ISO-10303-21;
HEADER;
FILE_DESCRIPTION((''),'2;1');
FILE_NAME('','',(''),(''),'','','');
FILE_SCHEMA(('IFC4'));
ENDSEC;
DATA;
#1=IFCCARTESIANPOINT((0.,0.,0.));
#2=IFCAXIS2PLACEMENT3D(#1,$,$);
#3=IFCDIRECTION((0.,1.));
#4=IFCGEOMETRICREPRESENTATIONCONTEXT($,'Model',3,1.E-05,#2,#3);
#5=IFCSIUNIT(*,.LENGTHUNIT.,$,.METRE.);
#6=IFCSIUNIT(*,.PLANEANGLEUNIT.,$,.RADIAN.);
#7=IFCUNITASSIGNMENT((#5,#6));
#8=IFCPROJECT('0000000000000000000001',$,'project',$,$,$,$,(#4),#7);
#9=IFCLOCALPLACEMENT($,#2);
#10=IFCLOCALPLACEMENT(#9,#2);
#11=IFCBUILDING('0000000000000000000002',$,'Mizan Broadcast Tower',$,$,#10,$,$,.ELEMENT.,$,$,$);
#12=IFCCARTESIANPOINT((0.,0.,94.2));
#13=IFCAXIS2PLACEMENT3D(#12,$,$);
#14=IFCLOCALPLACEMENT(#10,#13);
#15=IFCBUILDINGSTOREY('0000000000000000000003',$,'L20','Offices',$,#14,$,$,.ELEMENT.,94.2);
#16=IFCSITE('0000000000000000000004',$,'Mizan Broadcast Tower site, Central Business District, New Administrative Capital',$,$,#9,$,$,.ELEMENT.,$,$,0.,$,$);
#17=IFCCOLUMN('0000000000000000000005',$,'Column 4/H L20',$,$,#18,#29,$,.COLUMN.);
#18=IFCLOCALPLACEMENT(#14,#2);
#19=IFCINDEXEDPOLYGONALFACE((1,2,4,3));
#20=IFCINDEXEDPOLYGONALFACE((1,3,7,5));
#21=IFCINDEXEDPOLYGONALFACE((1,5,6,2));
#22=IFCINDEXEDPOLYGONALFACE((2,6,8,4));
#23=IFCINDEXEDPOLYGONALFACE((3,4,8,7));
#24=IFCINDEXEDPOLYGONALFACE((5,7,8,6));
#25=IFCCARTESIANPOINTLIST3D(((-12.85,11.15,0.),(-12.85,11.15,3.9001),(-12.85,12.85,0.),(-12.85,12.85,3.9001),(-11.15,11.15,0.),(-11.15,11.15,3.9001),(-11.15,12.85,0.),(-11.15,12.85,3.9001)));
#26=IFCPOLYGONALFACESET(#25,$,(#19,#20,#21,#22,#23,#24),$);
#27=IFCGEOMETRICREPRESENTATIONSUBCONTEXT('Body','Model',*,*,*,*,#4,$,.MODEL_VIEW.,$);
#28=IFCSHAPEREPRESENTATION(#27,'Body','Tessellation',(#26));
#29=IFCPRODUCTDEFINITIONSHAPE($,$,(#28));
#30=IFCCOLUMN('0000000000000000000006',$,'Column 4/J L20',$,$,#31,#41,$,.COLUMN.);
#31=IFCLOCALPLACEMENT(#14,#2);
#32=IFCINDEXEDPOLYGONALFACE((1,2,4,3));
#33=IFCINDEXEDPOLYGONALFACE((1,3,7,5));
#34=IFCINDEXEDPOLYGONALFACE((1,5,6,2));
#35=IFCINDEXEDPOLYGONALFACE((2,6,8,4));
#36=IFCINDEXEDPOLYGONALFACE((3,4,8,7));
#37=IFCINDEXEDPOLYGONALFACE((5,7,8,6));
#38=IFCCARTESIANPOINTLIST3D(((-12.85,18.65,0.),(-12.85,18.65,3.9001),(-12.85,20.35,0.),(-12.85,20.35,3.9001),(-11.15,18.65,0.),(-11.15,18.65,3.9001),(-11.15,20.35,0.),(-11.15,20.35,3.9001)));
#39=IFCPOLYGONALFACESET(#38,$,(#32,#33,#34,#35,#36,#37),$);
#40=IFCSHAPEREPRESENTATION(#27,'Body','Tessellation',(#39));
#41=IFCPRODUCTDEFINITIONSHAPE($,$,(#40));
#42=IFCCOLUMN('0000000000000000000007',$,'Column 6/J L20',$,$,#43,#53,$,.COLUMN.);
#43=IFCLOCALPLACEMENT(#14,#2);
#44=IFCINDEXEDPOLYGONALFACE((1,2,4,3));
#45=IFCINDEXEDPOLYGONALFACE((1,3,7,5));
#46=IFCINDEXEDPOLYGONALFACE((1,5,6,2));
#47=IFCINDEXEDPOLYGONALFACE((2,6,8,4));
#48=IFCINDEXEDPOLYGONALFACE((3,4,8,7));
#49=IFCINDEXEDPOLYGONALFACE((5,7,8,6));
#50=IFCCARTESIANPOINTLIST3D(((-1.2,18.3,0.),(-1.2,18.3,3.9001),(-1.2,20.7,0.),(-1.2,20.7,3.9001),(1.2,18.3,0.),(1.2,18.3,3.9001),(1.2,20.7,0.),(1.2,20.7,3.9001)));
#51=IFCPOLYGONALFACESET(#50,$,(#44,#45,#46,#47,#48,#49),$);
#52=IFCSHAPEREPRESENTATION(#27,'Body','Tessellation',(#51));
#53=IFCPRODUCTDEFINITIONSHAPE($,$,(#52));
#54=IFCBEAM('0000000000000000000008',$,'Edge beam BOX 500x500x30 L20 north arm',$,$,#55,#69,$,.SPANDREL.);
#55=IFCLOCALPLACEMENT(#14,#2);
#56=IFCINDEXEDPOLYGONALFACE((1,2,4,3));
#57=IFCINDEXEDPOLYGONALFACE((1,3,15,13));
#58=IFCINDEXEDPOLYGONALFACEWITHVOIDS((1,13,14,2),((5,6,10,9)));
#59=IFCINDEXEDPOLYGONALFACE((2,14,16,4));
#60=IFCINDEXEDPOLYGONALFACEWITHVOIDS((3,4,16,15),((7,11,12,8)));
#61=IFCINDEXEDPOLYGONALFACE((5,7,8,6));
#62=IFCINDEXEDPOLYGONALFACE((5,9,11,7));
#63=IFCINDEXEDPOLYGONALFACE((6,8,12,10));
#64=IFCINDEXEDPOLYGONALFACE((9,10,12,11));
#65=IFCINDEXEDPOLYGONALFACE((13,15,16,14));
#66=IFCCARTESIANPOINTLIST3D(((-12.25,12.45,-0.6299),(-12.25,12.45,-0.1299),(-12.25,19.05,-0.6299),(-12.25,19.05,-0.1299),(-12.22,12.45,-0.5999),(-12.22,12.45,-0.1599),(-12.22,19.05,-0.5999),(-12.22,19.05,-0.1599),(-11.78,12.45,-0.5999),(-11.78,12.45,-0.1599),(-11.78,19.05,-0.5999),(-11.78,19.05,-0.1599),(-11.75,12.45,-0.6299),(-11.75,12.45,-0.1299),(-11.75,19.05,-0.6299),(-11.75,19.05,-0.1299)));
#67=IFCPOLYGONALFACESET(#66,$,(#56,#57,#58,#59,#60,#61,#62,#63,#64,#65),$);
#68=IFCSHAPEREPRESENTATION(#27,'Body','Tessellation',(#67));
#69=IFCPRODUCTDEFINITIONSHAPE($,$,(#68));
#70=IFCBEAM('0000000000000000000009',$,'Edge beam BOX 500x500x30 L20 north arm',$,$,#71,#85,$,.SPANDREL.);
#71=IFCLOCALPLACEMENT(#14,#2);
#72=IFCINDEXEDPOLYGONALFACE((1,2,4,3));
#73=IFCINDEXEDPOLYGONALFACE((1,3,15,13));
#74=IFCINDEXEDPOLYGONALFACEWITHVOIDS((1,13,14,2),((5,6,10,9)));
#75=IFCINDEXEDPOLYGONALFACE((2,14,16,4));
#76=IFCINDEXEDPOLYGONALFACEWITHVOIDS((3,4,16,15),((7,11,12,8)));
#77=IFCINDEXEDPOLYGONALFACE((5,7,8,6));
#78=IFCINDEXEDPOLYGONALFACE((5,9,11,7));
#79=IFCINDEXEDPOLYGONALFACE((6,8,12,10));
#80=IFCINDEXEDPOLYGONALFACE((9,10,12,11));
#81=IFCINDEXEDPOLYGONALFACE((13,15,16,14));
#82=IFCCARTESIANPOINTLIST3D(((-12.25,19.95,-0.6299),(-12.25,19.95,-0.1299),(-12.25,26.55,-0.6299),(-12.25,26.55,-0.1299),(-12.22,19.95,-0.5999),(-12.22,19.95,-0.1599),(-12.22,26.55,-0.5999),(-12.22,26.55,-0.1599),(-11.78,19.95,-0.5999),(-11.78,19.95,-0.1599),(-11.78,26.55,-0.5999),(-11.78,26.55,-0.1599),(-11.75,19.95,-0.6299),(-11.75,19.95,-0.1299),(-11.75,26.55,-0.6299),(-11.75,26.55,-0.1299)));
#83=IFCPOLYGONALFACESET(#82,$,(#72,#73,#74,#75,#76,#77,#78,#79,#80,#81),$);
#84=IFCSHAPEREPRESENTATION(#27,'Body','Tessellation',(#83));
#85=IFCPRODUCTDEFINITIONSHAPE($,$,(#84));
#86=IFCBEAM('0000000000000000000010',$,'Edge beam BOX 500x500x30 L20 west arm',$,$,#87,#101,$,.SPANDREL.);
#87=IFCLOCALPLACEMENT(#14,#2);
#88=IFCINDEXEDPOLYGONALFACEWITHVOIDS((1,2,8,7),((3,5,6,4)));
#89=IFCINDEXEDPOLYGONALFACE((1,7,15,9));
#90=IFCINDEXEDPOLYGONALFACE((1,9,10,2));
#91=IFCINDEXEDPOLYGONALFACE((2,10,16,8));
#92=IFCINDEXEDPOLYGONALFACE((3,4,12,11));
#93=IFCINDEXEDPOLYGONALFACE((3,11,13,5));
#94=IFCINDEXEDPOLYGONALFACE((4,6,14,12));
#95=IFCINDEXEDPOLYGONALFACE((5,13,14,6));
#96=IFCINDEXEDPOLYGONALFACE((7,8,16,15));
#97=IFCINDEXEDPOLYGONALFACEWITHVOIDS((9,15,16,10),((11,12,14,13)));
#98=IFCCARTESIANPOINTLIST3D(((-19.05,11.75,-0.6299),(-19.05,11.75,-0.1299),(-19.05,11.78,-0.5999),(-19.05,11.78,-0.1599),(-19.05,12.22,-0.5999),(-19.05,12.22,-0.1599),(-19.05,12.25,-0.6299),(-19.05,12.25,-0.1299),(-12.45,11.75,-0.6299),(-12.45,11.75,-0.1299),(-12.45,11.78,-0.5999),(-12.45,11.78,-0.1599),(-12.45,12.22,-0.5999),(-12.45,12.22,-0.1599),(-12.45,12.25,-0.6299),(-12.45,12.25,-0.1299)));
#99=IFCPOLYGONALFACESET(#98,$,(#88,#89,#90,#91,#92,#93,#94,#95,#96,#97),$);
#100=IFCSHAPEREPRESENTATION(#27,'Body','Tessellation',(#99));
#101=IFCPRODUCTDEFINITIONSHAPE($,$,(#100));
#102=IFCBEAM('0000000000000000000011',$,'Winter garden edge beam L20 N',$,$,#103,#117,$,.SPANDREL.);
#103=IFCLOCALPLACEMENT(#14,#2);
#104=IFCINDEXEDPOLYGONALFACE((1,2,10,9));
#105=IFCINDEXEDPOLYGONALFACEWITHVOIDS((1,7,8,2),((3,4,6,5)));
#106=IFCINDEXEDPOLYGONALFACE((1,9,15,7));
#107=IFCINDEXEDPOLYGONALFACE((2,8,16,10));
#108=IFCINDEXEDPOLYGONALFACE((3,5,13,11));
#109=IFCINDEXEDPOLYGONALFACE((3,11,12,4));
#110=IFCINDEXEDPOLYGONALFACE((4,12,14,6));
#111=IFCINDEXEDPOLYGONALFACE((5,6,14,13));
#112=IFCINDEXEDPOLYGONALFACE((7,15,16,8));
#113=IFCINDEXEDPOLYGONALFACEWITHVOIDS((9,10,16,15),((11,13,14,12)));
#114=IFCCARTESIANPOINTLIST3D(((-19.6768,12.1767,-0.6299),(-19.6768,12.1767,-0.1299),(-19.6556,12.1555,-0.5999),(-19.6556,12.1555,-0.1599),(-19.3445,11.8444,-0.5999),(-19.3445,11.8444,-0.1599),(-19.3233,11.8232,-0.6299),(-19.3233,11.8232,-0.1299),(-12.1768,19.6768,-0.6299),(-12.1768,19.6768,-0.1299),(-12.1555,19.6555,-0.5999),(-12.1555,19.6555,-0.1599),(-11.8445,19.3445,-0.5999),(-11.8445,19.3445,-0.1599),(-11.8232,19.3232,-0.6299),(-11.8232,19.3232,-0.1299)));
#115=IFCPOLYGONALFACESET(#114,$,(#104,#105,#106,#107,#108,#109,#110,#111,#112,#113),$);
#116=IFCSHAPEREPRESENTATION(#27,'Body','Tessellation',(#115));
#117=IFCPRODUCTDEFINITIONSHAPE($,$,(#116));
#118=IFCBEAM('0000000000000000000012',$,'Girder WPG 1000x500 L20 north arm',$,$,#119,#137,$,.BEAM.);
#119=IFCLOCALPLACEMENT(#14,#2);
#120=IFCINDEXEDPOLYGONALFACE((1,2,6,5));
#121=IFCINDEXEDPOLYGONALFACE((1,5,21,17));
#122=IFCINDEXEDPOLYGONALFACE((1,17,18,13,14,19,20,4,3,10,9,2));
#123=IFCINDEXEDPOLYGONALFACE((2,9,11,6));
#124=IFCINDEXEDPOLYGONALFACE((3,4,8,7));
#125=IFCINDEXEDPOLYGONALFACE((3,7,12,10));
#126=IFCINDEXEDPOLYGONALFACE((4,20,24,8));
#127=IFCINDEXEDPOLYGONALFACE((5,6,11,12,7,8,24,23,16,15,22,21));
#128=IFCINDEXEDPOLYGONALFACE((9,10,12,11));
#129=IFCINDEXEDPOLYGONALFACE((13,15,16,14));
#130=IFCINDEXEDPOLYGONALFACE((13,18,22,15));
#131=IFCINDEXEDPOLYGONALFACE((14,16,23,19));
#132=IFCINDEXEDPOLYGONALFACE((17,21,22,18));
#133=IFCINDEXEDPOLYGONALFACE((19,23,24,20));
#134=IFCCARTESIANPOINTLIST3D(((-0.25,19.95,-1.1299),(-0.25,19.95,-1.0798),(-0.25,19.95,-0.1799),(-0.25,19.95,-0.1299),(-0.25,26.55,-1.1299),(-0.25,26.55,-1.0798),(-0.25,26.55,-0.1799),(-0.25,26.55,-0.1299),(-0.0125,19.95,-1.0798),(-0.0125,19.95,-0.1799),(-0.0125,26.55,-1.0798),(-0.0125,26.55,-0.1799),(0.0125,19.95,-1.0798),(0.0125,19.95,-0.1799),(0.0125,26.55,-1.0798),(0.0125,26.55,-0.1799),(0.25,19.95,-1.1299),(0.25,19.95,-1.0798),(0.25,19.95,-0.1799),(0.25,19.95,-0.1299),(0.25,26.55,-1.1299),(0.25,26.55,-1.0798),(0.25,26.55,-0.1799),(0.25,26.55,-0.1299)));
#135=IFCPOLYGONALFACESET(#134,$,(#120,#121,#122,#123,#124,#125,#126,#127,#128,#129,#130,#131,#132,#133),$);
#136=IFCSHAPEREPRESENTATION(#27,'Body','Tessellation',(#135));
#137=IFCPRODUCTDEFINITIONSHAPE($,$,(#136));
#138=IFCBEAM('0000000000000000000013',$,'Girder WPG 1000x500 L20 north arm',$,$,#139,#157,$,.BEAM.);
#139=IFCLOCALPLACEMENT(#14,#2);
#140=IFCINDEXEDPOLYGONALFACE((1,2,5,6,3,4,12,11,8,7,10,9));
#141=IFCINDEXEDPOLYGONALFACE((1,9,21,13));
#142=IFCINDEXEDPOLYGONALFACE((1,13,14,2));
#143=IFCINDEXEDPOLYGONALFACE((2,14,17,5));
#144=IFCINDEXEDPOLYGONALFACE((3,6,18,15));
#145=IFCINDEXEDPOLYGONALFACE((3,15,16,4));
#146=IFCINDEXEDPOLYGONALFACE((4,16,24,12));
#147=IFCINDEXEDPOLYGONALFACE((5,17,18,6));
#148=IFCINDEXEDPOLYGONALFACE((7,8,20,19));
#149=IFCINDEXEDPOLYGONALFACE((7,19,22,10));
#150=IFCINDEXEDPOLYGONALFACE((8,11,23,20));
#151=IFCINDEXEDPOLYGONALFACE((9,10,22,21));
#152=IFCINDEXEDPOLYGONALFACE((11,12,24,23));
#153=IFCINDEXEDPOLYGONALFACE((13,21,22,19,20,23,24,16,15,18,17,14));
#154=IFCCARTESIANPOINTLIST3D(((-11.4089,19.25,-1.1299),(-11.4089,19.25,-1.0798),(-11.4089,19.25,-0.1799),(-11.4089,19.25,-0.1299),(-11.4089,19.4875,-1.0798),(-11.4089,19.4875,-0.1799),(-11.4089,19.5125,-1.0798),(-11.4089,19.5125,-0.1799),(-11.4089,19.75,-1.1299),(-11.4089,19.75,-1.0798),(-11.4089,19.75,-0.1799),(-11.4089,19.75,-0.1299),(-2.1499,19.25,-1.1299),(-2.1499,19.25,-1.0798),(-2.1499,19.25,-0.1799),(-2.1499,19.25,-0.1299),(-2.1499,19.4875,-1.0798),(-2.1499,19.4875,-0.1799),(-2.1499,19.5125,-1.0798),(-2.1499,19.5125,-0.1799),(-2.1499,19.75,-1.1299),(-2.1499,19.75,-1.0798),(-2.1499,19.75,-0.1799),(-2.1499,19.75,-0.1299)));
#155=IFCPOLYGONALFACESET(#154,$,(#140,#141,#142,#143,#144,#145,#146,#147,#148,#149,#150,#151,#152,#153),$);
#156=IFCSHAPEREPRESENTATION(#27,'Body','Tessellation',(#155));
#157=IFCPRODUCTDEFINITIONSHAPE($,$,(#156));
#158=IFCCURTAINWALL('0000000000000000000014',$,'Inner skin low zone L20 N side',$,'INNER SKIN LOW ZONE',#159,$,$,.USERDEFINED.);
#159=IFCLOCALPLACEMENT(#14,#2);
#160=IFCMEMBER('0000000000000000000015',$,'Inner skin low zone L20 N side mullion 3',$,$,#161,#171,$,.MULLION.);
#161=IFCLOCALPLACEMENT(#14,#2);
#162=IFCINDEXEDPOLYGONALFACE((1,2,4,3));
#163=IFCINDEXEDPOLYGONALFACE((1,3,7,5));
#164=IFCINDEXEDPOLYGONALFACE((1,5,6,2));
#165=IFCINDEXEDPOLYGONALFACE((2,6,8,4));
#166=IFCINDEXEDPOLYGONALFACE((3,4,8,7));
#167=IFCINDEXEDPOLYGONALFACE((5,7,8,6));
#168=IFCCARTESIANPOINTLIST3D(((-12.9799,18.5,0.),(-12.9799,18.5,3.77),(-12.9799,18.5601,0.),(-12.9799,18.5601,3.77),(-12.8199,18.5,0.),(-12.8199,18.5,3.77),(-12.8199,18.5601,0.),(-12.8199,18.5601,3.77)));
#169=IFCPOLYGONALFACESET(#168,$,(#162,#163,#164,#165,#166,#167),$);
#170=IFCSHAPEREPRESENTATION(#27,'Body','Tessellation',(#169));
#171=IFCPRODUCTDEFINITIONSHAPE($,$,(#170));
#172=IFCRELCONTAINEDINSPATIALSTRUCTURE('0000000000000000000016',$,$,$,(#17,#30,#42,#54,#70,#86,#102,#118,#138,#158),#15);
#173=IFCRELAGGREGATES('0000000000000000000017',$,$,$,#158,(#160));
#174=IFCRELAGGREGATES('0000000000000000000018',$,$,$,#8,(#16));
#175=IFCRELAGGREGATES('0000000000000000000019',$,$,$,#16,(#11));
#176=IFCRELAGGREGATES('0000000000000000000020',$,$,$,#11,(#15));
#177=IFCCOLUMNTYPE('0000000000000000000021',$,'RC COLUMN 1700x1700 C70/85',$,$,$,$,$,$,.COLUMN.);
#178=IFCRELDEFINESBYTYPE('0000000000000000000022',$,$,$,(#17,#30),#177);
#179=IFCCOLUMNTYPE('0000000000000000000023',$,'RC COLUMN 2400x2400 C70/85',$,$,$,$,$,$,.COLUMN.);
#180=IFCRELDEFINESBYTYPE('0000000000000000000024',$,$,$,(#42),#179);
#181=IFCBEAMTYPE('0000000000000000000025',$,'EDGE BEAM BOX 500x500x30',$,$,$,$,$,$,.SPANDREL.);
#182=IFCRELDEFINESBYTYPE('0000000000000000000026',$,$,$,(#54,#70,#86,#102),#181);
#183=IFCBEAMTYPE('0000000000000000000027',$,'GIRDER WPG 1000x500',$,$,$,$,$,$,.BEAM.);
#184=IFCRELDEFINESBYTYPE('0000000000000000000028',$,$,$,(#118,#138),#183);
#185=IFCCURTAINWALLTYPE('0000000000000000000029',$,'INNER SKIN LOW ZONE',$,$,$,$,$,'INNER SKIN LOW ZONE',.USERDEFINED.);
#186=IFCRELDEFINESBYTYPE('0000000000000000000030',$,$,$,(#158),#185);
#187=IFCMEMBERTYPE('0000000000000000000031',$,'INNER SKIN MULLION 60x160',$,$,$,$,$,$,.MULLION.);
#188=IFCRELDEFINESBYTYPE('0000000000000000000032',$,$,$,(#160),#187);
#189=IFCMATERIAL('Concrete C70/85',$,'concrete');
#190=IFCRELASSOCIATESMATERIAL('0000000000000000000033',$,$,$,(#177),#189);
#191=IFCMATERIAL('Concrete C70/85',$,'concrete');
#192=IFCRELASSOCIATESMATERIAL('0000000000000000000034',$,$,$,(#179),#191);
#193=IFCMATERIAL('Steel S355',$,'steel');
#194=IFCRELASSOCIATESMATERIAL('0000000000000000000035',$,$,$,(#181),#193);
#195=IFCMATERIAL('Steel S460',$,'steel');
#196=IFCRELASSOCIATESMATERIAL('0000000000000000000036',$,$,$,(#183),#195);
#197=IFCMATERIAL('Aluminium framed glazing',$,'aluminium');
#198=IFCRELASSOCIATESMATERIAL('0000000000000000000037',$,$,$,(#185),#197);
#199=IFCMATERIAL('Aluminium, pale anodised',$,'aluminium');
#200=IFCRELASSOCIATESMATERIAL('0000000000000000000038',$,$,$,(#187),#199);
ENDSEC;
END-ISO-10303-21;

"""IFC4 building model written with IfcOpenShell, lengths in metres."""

from ifc_helpers import new_model, si_unit, direction, frame, origin, origin_2d, place, context, subcontext, project, spatial, rectangle, hollow_rectangle, i_section, extrude, material, material_profile, profile_set, type_object, element, aggregate, save


model = new_model("IFC4")

# Units and contexts
model_context = context("Model", 3, precision=1e-05, world=origin(), true_north=direction((0.0, 1.0)))
body_context = subcontext(model_context, "Body", "Model", "MODEL_VIEW")
ifc_project = project(units=[si_unit("LENGTHUNIT", "METRE"), si_unit("PLANEANGLEUNIT", "RADIAN")], contexts=[model_context])

# Site, building, storey
site_placement = place(None, origin())
site = spatial("IfcSite", under=ifc_project, at=site_placement, Name="Mizan Broadcast Tower site, Central Business District, New Administrative Capital", CompositionType="ELEMENT", RefElevation=0.0)
building_placement = place(site_placement, origin())
building = spatial("IfcBuilding", under=site, at=building_placement, Name="Mizan Broadcast Tower", CompositionType="ELEMENT")
storey_placement = place(building_placement, frame((0.0, 0.0, 94.2)))
storey = spatial("IfcBuildingStorey", under=building, at=storey_placement, Name="L20", Description="Offices", CompositionType="ELEMENT", Elevation=94.2)

# Columns
ifc_material_1 = material(Name="Concrete C70/85", Category="concrete")
ifc_material_profile_1 = material_profile(ifc_material_1, rectangle(XDim=1.7, YDim=1.7, at=origin_2d()), Name="RC 1700x1700")
ifc_profile_set_1 = profile_set([ifc_material_profile_1], Name="Concrete C70/85")
column_type_1 = type_object("IfcColumnType", Name="RC COLUMN 1700x1700 C70/85", PredefinedType="COLUMN", material=ifc_profile_set_1)
for number, where, z_axis, x_axis, name in (
    (1, (-12.0, 12.0, 0.0), (0.0, 0.0, 1.0), (1.0, 0.0, 0.0), "Column 4/H L20"),
    (2, (-12.0, 19.5, 0.0), (0.0, 0.0, 1.0), (1.0, 0.0, 0.0), "Column 4/J L20"),
):
    element("IfcColumn", number, at=place(storey_placement, frame(where, z_axis=z_axis, x_axis=x_axis)), inside=storey, type_object=column_type_1, Name=name, PredefinedType="COLUMN", context=body_context, shape_type="SweptSolid", body=[
        extrude(rectangle(XDim=1.7, YDim=1.7, at=origin_2d()), origin(), (0.0, 0.0, 1.0), 3.9001),
    ])
ifc_material_2 = material(Name="Concrete C70/85", Category="concrete")
ifc_material_profile_2 = material_profile(ifc_material_2, rectangle(XDim=2.3999, YDim=2.3999, at=origin_2d()), Name="RC 2400x2400")
ifc_profile_set_2 = profile_set([ifc_material_profile_2], Name="Concrete C70/85")
column_type_2 = type_object("IfcColumnType", Name="RC COLUMN 2400x2400 C70/85", PredefinedType="COLUMN", material=ifc_profile_set_2)
column_placement = place(storey_placement, frame((0.0, 19.5, 0.0), z_axis=(0.0, 0.0, 1.0), x_axis=(1.0, 0.0, 0.0)))
element("IfcColumn", 3, at=column_placement, inside=storey, type_object=column_type_2, Name="Column 6/J L20", PredefinedType="COLUMN", context=body_context, shape_type="SweptSolid", body=[
    extrude(rectangle(XDim=2.3999, YDim=2.3999, at=origin_2d()), origin(), (0.0, 0.0, 1.0), 3.9001),
])

# Beams
ifc_material_3 = material(Name="Steel S355", Category="steel")
ifc_material_profile_3 = material_profile(ifc_material_3, hollow_rectangle(XDim=0.5, YDim=0.5, WallThickness=0.03, at=origin_2d()), Name="BOX 500x500x30")
ifc_profile_set_3 = profile_set([ifc_material_profile_3], Name="Steel S355")
beam_type_1 = type_object("IfcBeamType", Name="EDGE BEAM BOX 500x500x30", PredefinedType="SPANDREL", material=ifc_profile_set_3)
for number, where, z_axis, x_axis, name in (
    (4, (-12.0, 12.45, -0.3799), (0.0, 1.0, 0.0), (-1.0, 0.0, 0.0), "Edge beam BOX 500x500x30 L20 north arm"),
    (5, (-12.0, 19.95, -0.3799), (0.0, 1.0, 0.0), (-1.0, 0.0, 0.0), "Edge beam BOX 500x500x30 L20 north arm"),
    (6, (-12.45, 12.0, -0.3799), (-1.0, 0.0, 0.0), (0.0, -1.0, 0.0), "Edge beam BOX 500x500x30 L20 west arm"),
):
    element("IfcBeam", number, at=place(storey_placement, frame(where, z_axis=z_axis, x_axis=x_axis)), inside=storey, type_object=beam_type_1, Name=name, PredefinedType="SPANDREL", context=body_context, shape_type="SweptSolid", body=[
        extrude(hollow_rectangle(XDim=0.5, YDim=0.5, WallThickness=0.03, at=origin_2d()), origin(), (0.0, 0.0, 1.0), 6.6001),
    ])
beam_1_placement = place(storey_placement, frame((-12.0, 19.5, -0.3799), z_axis=(-0.707107, -0.707107, 0.0), x_axis=(0.707107, -0.707107, 0.0)))
element("IfcBeam", 7, at=beam_1_placement, inside=storey, type_object=beam_type_1, Name="Winter garden edge beam L20 N", PredefinedType="SPANDREL", context=body_context, shape_type="SweptSolid", body=[
    extrude(hollow_rectangle(XDim=0.5, YDim=0.5, WallThickness=0.03, at=origin_2d()), origin(), (0.0, 0.0, 1.0), 10.6067),
])
ifc_material_4 = material(Name="Steel S460", Category="steel")
ifc_material_profile_4 = material_profile(ifc_material_4, i_section(OverallWidth=0.5, OverallDepth=1.0, WebThickness=0.0249, FlangeThickness=0.05, at=origin_2d()), Name="WPG 1000x500")
ifc_profile_set_4 = profile_set([ifc_material_profile_4], Name="Steel S460")
beam_type_2 = type_object("IfcBeamType", Name="GIRDER WPG 1000x500", PredefinedType="BEAM", material=ifc_profile_set_4)
beam_2_placement = place(storey_placement, frame((0.0, 19.95, -0.6299), z_axis=(0.0, 1.0, 0.0), x_axis=(-1.0, 0.0, 0.0)))
element("IfcBeam", 8, at=beam_2_placement, inside=storey, type_object=beam_type_2, Name="Girder WPG 1000x500 L20 north arm", PredefinedType="BEAM", context=body_context, shape_type="SweptSolid", body=[
    extrude(i_section(OverallWidth=0.5, OverallDepth=1.0, WebThickness=0.0249, FlangeThickness=0.05, at=origin_2d()), origin(), (0.0, 0.0, 1.0), 6.6001),
])
beam_3_placement = place(storey_placement, frame((-11.4089, 19.5, -0.6299), z_axis=(1.0, 0.0, 0.0), x_axis=(0.0, 1.0, 0.0)))
element("IfcBeam", 9, at=beam_3_placement, inside=storey, type_object=beam_type_2, Name="Girder WPG 1000x500 L20 north arm", PredefinedType="BEAM", context=body_context, shape_type="SweptSolid", body=[
    extrude(i_section(OverallWidth=0.5, OverallDepth=1.0, WebThickness=0.0249, FlangeThickness=0.05, at=origin_2d()), origin(), (0.0, 0.0, 1.0), 9.259),
])

# Curtain wall, member
ifc_material_5 = material(Name="Aluminium framed glazing", Category="aluminium")
curtain_wall_type = type_object("IfcCurtainWallType", Name="INNER SKIN LOW ZONE", ElementType="INNER SKIN LOW ZONE", PredefinedType="USERDEFINED", material=ifc_material_5)
curtain_wall_placement = place(storey_placement, origin())
curtain_wall = element("IfcCurtainWall", 10, at=curtain_wall_placement, inside=storey, type_object=curtain_wall_type, Name="Inner skin low zone L20 N side", ObjectType="INNER SKIN LOW ZONE", PredefinedType="USERDEFINED")
ifc_material_6 = material(Name="Aluminium, pale anodised", Category="aluminium")
ifc_material_profile_5 = material_profile(ifc_material_6, rectangle(XDim=0.1599, YDim=0.0601, at=origin_2d()), Name="MULLION 160x60")
ifc_profile_set_5 = profile_set([ifc_material_profile_5], Name="Aluminium, pale anodised")
member_type = type_object("IfcMemberType", Name="INNER SKIN MULLION 60x160", PredefinedType="MULLION", material=ifc_profile_set_5)
member_placement = place(storey_placement, frame((-12.8999, 18.53, 0.0), z_axis=(0.0, 0.0, 1.0), x_axis=(1.0, 0.0, 0.0)))
member = element("IfcMember", 11, at=member_placement, type_object=member_type, Name="Inner skin low zone L20 N side mullion 3", PredefinedType="MULLION", context=body_context, shape_type="SweptSolid", body=[
    extrude(rectangle(XDim=0.1599, YDim=0.0601, at=origin_2d()), origin(), (0.0, 0.0, 1.0), 3.77),
])

aggregate(curtain_wall, [member])

save(model, "model.ifc")
